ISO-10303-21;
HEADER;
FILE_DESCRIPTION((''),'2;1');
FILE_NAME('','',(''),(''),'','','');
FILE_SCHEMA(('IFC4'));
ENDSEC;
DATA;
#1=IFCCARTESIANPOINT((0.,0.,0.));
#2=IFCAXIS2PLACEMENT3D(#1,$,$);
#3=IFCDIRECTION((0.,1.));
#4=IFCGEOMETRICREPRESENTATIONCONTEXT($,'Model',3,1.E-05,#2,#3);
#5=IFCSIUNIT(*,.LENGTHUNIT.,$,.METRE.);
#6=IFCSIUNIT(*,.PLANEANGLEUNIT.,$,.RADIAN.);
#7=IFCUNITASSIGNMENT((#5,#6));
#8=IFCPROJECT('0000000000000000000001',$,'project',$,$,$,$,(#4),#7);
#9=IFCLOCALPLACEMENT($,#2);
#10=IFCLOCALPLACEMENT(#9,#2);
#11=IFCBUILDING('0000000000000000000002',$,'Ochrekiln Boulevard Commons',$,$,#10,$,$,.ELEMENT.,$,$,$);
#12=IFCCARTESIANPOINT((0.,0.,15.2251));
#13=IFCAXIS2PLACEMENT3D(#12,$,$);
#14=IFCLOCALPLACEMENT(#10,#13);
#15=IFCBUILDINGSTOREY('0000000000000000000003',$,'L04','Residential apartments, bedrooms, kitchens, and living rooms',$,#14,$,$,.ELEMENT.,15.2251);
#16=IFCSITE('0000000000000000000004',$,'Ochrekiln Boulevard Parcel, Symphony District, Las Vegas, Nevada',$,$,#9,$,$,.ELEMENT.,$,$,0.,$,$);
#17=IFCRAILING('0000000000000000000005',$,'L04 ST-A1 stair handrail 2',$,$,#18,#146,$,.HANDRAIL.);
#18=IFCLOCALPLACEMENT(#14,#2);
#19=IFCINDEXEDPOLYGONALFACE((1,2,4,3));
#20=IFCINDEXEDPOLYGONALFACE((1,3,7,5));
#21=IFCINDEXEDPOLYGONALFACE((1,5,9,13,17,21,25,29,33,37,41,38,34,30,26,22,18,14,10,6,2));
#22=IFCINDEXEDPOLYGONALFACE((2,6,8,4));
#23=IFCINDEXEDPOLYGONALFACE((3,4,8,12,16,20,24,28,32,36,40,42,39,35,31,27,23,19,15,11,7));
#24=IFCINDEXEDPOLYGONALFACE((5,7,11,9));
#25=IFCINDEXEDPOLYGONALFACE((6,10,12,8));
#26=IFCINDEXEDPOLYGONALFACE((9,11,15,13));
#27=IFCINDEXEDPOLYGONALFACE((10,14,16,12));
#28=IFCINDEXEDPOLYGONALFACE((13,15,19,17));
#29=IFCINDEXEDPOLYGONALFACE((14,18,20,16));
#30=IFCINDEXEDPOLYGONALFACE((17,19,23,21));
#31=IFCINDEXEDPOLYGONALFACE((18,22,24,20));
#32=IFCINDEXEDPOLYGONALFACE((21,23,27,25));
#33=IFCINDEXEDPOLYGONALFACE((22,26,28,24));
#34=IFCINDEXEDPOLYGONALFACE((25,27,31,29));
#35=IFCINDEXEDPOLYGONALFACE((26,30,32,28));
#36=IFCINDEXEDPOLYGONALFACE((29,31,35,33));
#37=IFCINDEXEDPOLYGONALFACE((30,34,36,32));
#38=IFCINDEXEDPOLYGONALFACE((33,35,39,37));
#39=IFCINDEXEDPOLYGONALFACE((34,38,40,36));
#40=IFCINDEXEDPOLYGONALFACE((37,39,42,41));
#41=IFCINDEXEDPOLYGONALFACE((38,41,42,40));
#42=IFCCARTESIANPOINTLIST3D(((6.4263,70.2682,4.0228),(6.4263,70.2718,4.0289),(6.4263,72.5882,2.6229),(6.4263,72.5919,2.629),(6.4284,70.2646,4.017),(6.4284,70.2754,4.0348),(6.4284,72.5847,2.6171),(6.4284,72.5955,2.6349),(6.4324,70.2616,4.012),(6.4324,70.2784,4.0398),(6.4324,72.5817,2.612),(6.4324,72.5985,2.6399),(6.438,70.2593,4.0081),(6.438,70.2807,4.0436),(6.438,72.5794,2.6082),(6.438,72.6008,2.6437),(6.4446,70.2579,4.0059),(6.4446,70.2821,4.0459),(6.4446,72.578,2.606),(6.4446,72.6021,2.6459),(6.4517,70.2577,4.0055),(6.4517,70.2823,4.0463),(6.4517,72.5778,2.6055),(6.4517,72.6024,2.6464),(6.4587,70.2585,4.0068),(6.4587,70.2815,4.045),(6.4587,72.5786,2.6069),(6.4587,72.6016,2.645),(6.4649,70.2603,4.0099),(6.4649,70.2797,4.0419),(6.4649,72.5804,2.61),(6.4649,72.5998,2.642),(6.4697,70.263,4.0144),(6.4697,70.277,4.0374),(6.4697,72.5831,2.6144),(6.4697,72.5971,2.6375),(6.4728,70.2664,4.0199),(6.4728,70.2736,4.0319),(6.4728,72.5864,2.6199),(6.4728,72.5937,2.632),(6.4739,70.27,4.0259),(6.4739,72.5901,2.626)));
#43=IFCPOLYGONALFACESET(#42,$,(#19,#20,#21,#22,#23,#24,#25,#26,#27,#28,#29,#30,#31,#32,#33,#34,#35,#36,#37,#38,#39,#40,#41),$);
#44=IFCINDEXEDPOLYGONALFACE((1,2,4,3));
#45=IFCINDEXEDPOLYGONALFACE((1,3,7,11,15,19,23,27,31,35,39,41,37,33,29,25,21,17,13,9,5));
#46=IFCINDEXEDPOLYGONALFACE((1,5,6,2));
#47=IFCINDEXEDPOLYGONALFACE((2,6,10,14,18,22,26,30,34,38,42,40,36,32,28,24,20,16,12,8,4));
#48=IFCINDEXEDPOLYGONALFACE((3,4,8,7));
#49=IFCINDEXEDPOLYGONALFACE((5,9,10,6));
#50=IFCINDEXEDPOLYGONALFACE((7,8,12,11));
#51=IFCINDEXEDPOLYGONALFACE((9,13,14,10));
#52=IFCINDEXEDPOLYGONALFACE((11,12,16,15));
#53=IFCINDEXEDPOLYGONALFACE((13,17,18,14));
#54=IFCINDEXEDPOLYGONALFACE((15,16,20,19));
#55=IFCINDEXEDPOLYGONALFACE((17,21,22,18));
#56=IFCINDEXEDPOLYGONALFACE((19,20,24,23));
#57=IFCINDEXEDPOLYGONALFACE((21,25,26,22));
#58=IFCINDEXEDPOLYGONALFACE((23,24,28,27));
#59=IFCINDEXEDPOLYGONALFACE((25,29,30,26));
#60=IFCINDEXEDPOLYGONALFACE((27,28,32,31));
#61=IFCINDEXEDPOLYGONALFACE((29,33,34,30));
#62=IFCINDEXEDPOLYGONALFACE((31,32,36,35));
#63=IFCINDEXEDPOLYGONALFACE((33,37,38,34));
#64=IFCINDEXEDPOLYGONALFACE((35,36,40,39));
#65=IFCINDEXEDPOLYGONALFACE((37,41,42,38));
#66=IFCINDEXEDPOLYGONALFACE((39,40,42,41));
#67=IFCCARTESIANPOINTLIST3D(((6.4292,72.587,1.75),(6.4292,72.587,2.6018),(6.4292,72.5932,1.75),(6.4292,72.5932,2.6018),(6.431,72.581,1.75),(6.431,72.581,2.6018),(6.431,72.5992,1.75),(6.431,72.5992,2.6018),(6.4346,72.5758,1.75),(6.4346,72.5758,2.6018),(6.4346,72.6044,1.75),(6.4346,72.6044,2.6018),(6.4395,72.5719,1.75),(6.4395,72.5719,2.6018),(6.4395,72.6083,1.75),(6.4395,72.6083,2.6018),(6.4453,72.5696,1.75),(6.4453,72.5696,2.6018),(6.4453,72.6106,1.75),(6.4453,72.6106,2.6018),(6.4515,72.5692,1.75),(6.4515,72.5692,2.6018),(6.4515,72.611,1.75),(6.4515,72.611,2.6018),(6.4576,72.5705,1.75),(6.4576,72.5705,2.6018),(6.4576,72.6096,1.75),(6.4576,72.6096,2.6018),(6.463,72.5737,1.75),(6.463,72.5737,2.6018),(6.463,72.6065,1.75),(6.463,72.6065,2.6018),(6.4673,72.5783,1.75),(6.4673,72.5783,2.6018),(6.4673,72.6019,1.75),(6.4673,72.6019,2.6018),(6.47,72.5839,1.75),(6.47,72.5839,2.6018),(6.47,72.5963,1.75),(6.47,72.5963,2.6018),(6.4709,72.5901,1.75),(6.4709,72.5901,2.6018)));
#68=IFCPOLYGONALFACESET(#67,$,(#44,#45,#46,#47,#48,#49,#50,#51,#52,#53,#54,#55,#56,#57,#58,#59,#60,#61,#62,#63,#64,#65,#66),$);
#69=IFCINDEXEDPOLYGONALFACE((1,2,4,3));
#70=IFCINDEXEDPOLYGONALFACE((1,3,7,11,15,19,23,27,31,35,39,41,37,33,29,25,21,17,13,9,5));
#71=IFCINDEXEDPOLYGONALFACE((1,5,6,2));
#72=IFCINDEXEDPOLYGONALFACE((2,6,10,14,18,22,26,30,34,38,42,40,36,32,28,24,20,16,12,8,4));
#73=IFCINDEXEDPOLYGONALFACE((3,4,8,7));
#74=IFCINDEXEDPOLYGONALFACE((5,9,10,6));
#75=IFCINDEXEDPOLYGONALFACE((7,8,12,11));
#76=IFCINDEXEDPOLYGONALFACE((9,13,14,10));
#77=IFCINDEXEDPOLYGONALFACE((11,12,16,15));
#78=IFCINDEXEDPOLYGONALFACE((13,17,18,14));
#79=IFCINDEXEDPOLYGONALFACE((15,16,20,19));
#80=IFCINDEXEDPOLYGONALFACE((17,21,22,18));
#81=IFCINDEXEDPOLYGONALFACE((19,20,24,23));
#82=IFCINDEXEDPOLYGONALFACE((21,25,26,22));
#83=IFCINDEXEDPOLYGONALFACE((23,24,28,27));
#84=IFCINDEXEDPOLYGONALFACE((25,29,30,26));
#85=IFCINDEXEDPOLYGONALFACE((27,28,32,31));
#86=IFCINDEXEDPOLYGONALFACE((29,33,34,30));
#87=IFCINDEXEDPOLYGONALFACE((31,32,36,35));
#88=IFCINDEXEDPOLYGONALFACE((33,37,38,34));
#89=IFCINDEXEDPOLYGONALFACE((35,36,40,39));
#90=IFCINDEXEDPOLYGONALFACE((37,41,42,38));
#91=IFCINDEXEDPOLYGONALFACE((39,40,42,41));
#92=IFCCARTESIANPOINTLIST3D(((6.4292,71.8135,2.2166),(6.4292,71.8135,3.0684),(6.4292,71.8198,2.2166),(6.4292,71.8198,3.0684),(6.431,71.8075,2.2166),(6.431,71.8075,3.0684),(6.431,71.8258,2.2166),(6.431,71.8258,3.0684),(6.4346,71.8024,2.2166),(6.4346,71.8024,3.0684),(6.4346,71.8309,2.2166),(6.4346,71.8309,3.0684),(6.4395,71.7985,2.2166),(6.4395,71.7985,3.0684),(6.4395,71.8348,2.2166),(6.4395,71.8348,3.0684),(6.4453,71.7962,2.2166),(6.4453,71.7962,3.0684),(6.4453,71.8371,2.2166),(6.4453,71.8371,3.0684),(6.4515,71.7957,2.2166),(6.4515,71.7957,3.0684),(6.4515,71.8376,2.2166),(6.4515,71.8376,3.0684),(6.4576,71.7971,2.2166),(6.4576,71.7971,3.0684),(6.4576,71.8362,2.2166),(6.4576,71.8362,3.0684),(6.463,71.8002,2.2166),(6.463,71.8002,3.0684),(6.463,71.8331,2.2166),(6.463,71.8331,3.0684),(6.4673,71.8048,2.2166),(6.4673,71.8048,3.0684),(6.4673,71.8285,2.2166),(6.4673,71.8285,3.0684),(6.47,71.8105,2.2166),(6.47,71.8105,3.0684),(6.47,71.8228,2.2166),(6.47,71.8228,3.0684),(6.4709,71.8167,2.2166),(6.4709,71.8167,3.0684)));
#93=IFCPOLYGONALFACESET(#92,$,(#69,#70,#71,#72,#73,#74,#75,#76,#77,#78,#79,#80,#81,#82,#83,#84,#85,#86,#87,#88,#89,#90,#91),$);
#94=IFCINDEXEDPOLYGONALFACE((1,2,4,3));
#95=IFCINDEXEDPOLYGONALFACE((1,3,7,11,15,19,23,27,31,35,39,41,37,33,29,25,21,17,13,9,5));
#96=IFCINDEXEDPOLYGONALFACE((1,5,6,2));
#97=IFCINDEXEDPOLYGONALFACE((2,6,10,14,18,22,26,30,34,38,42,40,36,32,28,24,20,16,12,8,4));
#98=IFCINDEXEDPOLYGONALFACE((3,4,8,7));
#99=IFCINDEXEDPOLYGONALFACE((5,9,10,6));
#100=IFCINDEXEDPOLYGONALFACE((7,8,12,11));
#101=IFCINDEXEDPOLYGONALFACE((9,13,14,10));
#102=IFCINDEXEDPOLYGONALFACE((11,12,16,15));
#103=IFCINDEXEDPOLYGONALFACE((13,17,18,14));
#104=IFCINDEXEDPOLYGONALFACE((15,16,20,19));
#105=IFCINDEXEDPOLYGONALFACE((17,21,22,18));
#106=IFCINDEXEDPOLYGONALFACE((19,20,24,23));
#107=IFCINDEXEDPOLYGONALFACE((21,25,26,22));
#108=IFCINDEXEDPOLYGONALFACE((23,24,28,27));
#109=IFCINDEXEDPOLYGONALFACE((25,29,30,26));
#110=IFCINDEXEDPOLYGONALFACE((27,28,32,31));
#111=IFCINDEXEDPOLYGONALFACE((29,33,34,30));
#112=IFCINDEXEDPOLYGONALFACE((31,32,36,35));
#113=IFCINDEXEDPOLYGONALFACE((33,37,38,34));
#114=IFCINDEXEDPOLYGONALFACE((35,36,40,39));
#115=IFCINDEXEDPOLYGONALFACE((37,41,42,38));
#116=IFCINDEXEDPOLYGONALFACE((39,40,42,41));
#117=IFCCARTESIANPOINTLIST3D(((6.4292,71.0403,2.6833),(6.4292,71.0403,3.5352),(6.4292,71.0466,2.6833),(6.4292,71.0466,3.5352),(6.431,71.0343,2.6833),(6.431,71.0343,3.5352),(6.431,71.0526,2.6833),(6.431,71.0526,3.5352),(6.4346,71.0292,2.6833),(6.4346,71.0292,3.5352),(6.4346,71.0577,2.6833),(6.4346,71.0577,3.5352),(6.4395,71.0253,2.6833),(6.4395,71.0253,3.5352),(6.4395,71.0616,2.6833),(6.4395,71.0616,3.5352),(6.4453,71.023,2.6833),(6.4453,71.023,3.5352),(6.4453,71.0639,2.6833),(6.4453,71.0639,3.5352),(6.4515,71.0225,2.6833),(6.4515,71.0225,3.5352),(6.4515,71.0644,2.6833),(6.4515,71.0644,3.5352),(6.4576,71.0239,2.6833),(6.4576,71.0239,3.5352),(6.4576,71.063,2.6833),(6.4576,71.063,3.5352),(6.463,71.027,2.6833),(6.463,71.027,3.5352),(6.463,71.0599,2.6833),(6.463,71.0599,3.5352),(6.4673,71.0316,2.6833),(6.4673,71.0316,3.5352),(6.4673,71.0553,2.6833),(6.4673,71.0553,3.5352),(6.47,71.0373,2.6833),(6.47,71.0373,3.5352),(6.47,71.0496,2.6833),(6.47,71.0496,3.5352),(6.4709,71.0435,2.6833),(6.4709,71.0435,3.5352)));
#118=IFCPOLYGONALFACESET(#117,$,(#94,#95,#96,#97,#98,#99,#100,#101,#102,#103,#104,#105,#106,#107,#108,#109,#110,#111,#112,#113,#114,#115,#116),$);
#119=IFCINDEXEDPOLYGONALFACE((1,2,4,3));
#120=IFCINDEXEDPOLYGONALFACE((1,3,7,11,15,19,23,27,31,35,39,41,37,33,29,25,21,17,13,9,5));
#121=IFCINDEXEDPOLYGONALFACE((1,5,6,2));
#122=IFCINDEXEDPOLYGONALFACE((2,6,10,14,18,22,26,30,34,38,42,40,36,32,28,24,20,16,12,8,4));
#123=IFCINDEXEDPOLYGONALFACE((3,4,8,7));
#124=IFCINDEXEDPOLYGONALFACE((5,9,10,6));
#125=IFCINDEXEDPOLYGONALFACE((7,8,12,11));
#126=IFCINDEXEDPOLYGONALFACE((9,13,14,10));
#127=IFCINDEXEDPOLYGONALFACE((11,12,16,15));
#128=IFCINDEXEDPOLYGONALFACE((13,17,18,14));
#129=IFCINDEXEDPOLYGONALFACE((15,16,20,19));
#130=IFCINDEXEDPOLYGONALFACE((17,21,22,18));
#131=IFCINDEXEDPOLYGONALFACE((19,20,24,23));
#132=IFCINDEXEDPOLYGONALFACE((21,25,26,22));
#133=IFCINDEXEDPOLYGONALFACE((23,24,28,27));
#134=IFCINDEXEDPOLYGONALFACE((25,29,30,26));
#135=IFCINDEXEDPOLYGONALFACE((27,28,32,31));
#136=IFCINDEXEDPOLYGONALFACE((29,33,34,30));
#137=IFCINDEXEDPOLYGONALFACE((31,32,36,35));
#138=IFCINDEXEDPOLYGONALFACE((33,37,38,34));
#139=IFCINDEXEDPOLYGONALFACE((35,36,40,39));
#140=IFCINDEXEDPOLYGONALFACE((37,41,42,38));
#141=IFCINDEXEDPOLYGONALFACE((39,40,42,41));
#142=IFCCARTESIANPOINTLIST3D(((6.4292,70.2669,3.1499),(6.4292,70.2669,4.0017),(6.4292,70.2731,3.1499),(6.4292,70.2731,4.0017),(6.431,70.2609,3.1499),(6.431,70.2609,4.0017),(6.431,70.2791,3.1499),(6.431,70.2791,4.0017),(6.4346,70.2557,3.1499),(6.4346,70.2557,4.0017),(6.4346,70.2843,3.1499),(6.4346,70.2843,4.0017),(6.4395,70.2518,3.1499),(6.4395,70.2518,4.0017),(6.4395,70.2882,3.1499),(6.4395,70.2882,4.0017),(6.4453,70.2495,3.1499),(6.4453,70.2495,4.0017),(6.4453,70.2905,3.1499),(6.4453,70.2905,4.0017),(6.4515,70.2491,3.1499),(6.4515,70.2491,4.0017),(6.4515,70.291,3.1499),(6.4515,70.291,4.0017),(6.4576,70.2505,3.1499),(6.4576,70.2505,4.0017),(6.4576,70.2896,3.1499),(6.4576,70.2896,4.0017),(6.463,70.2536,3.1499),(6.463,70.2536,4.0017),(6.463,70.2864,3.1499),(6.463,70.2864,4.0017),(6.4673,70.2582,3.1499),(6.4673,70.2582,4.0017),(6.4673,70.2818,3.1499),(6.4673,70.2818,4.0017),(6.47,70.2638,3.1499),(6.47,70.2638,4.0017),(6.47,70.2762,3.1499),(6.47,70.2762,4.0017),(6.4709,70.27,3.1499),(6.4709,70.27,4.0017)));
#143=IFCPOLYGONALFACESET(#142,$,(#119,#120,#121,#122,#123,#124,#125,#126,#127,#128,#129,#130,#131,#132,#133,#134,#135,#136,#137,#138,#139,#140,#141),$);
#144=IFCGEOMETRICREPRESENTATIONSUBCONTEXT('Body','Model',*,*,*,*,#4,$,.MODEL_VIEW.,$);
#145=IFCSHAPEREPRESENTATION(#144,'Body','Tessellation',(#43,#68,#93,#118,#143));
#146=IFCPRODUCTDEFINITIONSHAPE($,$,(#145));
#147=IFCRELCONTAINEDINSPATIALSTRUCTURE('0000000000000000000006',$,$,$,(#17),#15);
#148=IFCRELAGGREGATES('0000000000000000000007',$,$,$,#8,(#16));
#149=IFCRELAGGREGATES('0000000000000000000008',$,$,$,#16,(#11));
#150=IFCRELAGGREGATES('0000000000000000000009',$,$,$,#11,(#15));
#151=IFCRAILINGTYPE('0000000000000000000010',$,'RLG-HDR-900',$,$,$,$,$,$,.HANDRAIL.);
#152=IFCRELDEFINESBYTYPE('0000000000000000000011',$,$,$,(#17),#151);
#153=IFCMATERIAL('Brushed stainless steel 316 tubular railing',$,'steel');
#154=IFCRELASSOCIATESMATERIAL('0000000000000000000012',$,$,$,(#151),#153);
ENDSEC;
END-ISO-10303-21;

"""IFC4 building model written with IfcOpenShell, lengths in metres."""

from ifc_helpers import new_model, si_unit, direction, frame, origin, origin_2d, place, context, subcontext, project, spatial, circle, extrude, material, type_object, element, save


model = new_model("IFC4")

# Units and contexts
model_context = context("Model", 3, precision=1e-05, world=origin(), true_north=direction((0.0, 1.0)))
body_context = subcontext(model_context, "Body", "Model", "MODEL_VIEW")
ifc_project = project(units=[si_unit("LENGTHUNIT", "METRE"), si_unit("PLANEANGLEUNIT", "RADIAN")], contexts=[model_context])

# Site, building, storey
site_placement = place(None, origin())
site = spatial("IfcSite", under=ifc_project, at=site_placement, Name="Ochrekiln Boulevard Parcel, Symphony District, Las Vegas, Nevada", CompositionType="ELEMENT", RefElevation=0.0)
building_placement = place(site_placement, origin())
building = spatial("IfcBuilding", under=site, at=building_placement, Name="Ochrekiln Boulevard Commons", CompositionType="ELEMENT")
storey_placement = place(building_placement, frame((0.0, 0.0, 15.2251)))
storey = spatial("IfcBuildingStorey", under=building, at=storey_placement, Name="L04", Description="Residential apartments, bedrooms, kitchens, and living rooms", CompositionType="ELEMENT", Elevation=15.2251)

# Railing
ifc_material_1 = material(Name="Brushed stainless steel 316 tubular railing", Category="steel")
railing_type_1 = type_object("IfcRailingType", Name="RLG-HDR-900", PredefinedType="HANDRAIL", material=ifc_material_1)
railing_1_placement = place(storey_placement, frame((6.45, 72.5901, 1.75)))
element("IfcRailing", 1, at=railing_1_placement, inside=storey, type_object=railing_type_1, Name="L04 ST-A1 stair handrail 2", PredefinedType="HANDRAIL", context=body_context, shape_type="SweptSolid", body=[
    extrude(circle(Radius=0.0239, at=origin_2d()), frame((0.0, 0.0, 0.876), z_axis=(0.0, -0.85621, 0.516627), x_axis=(1.0, 0.0, 0.0)), (0.0, 0.0, 1.0), 2.7097),
    extrude(circle(Radius=0.021, at=origin_2d()), origin(), (0.0, 0.0, 1.0), 0.8518),
    extrude(circle(Radius=0.021, at=origin_2d()), frame((0.0, -0.7734, 0.4666)), (0.0, 0.0, 1.0), 0.8518),
    extrude(circle(Radius=0.021, at=origin_2d()), frame((0.0, -1.5466, 0.9333)), (0.0, 0.0, 1.0), 0.8518),
    extrude(circle(Radius=0.021, at=origin_2d()), frame((0.0, -2.3201, 1.3999)), (0.0, 0.0, 1.0), 0.8518),
])

save(model, "model.ifc")
